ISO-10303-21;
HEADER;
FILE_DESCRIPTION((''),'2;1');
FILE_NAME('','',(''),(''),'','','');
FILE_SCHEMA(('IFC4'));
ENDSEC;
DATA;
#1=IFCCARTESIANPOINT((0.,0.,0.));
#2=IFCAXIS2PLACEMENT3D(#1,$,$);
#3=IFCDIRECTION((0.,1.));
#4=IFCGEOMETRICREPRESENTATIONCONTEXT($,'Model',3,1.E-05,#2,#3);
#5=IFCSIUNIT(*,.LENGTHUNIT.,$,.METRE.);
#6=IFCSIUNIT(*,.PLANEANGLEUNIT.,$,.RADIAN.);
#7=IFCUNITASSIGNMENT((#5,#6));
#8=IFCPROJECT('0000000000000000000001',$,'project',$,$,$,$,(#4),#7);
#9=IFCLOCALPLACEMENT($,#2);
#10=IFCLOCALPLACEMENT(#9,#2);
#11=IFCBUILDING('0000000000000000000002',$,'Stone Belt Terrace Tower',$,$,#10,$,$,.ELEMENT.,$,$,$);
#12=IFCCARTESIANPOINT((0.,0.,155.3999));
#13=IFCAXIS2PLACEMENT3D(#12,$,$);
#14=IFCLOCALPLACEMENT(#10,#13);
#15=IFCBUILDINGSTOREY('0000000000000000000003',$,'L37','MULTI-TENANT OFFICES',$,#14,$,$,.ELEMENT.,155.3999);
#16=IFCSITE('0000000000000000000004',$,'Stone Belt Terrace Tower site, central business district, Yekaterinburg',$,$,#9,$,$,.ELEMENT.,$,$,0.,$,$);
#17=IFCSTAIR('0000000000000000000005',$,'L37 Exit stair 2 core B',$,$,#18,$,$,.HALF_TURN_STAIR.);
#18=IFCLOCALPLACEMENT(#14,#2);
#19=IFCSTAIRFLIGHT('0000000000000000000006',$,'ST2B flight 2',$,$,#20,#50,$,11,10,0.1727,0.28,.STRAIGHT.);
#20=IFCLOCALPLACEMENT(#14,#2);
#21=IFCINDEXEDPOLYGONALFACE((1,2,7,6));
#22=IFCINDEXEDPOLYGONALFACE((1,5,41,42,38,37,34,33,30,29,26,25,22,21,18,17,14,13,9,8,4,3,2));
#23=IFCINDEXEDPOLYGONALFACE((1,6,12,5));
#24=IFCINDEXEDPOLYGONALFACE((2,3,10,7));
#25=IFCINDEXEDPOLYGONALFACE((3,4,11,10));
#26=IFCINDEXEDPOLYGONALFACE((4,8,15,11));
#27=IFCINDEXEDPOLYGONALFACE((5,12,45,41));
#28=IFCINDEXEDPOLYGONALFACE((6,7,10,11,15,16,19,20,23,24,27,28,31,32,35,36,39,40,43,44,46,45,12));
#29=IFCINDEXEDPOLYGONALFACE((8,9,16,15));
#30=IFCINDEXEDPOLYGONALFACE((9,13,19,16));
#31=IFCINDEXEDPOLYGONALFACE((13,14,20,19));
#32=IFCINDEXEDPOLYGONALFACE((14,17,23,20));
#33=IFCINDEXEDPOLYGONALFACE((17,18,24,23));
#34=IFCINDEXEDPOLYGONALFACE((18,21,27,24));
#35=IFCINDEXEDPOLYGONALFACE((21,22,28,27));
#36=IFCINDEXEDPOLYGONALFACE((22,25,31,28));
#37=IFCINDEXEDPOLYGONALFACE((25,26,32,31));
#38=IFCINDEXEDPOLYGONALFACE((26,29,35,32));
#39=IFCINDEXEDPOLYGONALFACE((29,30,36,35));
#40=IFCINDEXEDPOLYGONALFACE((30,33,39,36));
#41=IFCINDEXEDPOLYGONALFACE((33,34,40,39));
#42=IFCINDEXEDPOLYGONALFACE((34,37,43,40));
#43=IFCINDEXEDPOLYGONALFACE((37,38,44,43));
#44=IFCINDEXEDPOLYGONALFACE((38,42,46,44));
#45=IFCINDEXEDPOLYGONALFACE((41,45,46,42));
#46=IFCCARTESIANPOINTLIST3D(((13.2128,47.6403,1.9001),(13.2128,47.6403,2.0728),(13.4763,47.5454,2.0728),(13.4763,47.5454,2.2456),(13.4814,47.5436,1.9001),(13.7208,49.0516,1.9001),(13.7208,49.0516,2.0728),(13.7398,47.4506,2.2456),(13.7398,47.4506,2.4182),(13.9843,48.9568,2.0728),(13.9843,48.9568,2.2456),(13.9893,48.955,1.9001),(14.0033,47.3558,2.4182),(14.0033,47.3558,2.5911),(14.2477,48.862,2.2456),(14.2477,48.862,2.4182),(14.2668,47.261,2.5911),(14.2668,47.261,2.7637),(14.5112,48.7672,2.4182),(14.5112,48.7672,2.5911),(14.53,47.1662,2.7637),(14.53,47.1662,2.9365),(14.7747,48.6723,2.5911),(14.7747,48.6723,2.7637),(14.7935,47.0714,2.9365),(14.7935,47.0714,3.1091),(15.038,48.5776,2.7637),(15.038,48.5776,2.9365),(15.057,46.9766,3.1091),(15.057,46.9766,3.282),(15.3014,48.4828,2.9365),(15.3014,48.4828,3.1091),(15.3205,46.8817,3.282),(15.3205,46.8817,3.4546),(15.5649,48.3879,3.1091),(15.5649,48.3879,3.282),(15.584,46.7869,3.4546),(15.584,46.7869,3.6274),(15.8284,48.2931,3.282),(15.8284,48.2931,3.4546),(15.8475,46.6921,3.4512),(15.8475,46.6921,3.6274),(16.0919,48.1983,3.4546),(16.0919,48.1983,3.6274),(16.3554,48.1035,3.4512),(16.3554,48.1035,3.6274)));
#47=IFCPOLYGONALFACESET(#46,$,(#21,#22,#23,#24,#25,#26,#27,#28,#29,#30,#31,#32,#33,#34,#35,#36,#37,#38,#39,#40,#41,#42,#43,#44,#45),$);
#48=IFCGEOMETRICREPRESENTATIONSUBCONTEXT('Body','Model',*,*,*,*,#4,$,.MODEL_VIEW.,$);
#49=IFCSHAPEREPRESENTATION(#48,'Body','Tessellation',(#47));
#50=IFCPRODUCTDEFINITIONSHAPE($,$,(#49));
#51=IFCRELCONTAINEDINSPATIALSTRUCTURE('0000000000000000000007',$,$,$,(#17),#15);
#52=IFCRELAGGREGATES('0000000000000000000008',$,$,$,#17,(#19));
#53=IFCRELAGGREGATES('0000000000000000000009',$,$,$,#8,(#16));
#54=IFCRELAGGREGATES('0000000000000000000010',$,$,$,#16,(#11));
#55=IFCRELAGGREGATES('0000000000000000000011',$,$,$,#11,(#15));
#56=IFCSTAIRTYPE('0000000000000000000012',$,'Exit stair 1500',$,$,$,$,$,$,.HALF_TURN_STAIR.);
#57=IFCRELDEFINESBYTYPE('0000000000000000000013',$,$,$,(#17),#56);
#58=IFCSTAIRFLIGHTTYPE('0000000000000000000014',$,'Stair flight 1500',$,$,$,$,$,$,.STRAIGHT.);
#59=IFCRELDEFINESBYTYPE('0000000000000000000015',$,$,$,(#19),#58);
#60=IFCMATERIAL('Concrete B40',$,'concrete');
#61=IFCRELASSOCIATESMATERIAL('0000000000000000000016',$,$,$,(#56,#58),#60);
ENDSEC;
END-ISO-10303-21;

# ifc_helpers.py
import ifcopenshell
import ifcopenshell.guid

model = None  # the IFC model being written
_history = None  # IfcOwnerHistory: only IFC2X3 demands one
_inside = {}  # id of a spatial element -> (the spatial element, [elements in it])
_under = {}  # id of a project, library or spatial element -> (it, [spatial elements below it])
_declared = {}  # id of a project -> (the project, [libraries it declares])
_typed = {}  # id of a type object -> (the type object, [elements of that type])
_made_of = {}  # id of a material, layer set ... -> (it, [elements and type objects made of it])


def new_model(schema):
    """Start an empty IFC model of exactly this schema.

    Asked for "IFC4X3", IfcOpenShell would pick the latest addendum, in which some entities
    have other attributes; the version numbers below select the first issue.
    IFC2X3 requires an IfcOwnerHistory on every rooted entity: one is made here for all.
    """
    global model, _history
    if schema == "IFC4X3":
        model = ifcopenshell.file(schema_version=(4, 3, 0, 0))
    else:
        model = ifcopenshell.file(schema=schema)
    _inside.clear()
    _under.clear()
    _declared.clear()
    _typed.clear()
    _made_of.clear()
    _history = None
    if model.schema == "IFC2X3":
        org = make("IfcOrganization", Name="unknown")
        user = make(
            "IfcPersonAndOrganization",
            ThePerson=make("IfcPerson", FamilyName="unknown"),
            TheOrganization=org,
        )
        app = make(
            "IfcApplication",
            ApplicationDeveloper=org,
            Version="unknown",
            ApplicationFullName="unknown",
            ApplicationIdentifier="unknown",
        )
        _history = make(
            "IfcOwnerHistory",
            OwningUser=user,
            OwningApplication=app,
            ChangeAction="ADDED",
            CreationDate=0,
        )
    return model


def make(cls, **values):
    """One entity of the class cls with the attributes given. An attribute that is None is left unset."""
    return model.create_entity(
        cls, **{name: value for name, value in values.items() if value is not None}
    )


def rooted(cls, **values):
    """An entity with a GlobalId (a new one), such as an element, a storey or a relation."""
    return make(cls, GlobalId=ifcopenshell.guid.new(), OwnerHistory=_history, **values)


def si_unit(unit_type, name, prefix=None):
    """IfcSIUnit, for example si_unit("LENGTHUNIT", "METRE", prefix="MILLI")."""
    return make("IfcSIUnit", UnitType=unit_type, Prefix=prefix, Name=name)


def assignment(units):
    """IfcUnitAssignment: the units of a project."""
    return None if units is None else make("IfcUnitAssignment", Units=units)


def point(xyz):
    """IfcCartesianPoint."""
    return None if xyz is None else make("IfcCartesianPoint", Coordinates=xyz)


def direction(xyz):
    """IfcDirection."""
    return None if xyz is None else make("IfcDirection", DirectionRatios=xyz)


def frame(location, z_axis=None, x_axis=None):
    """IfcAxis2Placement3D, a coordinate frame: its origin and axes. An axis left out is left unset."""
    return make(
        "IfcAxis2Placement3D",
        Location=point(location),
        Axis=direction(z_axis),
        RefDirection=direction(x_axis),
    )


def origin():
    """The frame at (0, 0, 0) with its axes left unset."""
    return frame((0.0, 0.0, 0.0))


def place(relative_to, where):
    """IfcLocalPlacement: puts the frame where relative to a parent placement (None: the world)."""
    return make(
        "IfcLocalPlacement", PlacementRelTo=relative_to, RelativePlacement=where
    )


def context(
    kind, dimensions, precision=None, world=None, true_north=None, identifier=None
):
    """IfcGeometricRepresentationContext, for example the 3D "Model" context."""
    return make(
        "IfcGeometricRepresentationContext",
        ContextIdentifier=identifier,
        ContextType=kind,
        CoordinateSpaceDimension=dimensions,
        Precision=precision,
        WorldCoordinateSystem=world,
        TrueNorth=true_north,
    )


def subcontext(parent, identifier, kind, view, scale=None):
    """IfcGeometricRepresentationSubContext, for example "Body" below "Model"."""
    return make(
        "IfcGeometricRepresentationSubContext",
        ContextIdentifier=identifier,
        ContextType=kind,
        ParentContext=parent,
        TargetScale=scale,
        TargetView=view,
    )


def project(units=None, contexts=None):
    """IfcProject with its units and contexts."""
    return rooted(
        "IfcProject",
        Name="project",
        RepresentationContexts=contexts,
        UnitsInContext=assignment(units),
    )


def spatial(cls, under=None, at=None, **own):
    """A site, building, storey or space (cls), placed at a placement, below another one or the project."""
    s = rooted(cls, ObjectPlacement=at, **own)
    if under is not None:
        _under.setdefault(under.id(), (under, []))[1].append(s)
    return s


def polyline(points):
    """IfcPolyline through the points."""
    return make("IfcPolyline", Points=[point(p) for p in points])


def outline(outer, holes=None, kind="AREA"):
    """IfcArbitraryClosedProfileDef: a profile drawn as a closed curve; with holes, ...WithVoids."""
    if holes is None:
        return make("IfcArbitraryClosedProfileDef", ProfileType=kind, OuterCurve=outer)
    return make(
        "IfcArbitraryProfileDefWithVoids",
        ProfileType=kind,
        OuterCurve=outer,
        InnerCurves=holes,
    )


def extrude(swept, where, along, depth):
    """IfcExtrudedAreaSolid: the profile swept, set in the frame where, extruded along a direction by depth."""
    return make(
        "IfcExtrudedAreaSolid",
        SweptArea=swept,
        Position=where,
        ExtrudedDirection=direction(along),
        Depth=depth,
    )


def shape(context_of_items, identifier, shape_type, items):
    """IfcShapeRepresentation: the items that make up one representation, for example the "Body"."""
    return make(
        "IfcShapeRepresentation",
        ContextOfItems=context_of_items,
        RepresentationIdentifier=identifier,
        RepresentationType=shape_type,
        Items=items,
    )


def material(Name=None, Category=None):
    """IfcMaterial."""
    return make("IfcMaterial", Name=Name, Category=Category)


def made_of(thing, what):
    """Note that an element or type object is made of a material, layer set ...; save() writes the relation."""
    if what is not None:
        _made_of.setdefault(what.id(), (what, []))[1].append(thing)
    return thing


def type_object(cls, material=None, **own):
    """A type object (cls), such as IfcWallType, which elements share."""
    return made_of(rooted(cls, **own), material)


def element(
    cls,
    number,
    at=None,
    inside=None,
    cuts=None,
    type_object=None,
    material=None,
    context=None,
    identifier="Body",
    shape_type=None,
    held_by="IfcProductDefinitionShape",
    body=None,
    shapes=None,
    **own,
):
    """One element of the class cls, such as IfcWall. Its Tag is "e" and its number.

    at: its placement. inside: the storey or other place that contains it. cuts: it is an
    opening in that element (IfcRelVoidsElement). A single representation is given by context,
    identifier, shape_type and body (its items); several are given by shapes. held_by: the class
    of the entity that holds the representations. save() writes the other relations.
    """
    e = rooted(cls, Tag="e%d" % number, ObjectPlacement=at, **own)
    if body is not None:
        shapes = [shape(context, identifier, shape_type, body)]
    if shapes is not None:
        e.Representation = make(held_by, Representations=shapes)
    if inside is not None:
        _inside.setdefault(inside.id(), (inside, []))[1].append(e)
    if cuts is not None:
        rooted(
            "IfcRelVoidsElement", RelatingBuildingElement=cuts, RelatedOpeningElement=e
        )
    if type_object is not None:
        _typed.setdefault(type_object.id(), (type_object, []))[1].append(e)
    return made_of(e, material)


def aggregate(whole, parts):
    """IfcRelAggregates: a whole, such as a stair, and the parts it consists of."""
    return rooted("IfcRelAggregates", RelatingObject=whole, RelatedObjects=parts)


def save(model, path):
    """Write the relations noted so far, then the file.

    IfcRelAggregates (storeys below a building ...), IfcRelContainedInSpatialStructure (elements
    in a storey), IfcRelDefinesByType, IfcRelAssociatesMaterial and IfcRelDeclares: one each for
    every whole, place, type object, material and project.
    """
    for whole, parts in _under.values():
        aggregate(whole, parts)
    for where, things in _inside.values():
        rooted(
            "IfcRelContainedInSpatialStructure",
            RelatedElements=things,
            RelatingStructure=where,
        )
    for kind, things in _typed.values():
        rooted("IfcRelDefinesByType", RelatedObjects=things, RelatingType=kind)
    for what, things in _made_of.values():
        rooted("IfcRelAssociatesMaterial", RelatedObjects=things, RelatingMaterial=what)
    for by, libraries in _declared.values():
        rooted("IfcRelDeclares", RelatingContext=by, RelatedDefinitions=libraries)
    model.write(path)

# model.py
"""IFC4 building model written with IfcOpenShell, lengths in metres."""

from ifc_helpers import new_model, si_unit, direction, frame, origin, place, context, subcontext, project, spatial, polyline, outline, extrude, material, type_object, element, aggregate, save


model = new_model("IFC4")

# Units and contexts
model_context = context("Model", 3, precision=1e-05, world=origin(), true_north=direction((0.0, 1.0)))
body_context = subcontext(model_context, "Body", "Model", "MODEL_VIEW")
ifc_project = project(units=[si_unit("LENGTHUNIT", "METRE"), si_unit("PLANEANGLEUNIT", "RADIAN")], contexts=[model_context])

# Site, building, storey
site_placement = place(None, origin())
site = spatial("IfcSite", under=ifc_project, at=site_placement, Name="Stone Belt Terrace Tower site, central business district, Yekaterinburg", CompositionType="ELEMENT", RefElevation=0.0)
building_placement = place(site_placement, origin())
building = spatial("IfcBuilding", under=site, at=building_placement, Name="Stone Belt Terrace Tower", CompositionType="ELEMENT")
storey_placement = place(building_placement, frame((0.0, 0.0, 155.3999)))
storey = spatial("IfcBuildingStorey", under=building, at=storey_placement, Name="L37", Description="MULTI-TENANT OFFICES", CompositionType="ELEMENT", Elevation=155.3999)

# Stair, stair flight
ifc_material_1 = material(Name="Concrete B40", Category="concrete")
stair_type = type_object("IfcStairType", Name="Exit stair 1500", PredefinedType="HALF_TURN_STAIR", material=ifc_material_1)
stair_placement = place(storey_placement, origin())
stair = element("IfcStair", 1, at=stair_placement, inside=storey, type_object=stair_type, Name="L37 Exit stair 2 core B", PredefinedType="HALF_TURN_STAIR")
stair_flight_type = type_object("IfcStairFlightType", Name="Stair flight 1500", PredefinedType="STRAIGHT", material=ifc_material_1)
stair_flight_1_placement = place(storey_placement, frame((13.4668, 48.3459, 1.9001), z_axis=(0.0, 0.0, 1.0), x_axis=(0.940922, -0.338624, 0.0)))
stair_flight_1 = element("IfcStairFlight", 2, at=stair_flight_1_placement, type_object=stair_flight_type, Name="ST2B flight 2", NumberOfRisers=11, NumberOfTreads=10, PredefinedType="STRAIGHT", RiserHeight=0.1727, TreadLength=0.28, context=body_context, shape_type="SweptSolid", body=[
    extrude(outline(polyline([(0.0, 0.0), (0.0, 0.1726), (0.28, 0.1726), (0.28, 0.3455), (0.5601, 0.3455), (0.5601, 0.5181), (0.8401, 0.5181), (0.8401, 0.6909), (1.1201, 0.6909), (1.1201, 0.8635), (1.3999, 0.8635), (1.3999, 1.0364), (1.6799, 1.0364), (1.6799, 1.209), (1.96, 1.209), (1.96, 1.3818), (2.24, 1.3818), (2.24, 1.5544), (2.52, 1.5544), (2.52, 1.7273), (2.8, 1.7273), (2.8, 1.8999), (2.8, 1.551), (0.2854, 0.0), (0.0, 0.0)])), frame((0.0, 0.75, 0.0), z_axis=(0.0, -1.0, 0.0), x_axis=(1.0, 0.0, 0.0)), (0.0, 0.0, 1.0), 1.5),
])
aggregate(stair, [stair_flight_1])

save(model, "model.ifc")
